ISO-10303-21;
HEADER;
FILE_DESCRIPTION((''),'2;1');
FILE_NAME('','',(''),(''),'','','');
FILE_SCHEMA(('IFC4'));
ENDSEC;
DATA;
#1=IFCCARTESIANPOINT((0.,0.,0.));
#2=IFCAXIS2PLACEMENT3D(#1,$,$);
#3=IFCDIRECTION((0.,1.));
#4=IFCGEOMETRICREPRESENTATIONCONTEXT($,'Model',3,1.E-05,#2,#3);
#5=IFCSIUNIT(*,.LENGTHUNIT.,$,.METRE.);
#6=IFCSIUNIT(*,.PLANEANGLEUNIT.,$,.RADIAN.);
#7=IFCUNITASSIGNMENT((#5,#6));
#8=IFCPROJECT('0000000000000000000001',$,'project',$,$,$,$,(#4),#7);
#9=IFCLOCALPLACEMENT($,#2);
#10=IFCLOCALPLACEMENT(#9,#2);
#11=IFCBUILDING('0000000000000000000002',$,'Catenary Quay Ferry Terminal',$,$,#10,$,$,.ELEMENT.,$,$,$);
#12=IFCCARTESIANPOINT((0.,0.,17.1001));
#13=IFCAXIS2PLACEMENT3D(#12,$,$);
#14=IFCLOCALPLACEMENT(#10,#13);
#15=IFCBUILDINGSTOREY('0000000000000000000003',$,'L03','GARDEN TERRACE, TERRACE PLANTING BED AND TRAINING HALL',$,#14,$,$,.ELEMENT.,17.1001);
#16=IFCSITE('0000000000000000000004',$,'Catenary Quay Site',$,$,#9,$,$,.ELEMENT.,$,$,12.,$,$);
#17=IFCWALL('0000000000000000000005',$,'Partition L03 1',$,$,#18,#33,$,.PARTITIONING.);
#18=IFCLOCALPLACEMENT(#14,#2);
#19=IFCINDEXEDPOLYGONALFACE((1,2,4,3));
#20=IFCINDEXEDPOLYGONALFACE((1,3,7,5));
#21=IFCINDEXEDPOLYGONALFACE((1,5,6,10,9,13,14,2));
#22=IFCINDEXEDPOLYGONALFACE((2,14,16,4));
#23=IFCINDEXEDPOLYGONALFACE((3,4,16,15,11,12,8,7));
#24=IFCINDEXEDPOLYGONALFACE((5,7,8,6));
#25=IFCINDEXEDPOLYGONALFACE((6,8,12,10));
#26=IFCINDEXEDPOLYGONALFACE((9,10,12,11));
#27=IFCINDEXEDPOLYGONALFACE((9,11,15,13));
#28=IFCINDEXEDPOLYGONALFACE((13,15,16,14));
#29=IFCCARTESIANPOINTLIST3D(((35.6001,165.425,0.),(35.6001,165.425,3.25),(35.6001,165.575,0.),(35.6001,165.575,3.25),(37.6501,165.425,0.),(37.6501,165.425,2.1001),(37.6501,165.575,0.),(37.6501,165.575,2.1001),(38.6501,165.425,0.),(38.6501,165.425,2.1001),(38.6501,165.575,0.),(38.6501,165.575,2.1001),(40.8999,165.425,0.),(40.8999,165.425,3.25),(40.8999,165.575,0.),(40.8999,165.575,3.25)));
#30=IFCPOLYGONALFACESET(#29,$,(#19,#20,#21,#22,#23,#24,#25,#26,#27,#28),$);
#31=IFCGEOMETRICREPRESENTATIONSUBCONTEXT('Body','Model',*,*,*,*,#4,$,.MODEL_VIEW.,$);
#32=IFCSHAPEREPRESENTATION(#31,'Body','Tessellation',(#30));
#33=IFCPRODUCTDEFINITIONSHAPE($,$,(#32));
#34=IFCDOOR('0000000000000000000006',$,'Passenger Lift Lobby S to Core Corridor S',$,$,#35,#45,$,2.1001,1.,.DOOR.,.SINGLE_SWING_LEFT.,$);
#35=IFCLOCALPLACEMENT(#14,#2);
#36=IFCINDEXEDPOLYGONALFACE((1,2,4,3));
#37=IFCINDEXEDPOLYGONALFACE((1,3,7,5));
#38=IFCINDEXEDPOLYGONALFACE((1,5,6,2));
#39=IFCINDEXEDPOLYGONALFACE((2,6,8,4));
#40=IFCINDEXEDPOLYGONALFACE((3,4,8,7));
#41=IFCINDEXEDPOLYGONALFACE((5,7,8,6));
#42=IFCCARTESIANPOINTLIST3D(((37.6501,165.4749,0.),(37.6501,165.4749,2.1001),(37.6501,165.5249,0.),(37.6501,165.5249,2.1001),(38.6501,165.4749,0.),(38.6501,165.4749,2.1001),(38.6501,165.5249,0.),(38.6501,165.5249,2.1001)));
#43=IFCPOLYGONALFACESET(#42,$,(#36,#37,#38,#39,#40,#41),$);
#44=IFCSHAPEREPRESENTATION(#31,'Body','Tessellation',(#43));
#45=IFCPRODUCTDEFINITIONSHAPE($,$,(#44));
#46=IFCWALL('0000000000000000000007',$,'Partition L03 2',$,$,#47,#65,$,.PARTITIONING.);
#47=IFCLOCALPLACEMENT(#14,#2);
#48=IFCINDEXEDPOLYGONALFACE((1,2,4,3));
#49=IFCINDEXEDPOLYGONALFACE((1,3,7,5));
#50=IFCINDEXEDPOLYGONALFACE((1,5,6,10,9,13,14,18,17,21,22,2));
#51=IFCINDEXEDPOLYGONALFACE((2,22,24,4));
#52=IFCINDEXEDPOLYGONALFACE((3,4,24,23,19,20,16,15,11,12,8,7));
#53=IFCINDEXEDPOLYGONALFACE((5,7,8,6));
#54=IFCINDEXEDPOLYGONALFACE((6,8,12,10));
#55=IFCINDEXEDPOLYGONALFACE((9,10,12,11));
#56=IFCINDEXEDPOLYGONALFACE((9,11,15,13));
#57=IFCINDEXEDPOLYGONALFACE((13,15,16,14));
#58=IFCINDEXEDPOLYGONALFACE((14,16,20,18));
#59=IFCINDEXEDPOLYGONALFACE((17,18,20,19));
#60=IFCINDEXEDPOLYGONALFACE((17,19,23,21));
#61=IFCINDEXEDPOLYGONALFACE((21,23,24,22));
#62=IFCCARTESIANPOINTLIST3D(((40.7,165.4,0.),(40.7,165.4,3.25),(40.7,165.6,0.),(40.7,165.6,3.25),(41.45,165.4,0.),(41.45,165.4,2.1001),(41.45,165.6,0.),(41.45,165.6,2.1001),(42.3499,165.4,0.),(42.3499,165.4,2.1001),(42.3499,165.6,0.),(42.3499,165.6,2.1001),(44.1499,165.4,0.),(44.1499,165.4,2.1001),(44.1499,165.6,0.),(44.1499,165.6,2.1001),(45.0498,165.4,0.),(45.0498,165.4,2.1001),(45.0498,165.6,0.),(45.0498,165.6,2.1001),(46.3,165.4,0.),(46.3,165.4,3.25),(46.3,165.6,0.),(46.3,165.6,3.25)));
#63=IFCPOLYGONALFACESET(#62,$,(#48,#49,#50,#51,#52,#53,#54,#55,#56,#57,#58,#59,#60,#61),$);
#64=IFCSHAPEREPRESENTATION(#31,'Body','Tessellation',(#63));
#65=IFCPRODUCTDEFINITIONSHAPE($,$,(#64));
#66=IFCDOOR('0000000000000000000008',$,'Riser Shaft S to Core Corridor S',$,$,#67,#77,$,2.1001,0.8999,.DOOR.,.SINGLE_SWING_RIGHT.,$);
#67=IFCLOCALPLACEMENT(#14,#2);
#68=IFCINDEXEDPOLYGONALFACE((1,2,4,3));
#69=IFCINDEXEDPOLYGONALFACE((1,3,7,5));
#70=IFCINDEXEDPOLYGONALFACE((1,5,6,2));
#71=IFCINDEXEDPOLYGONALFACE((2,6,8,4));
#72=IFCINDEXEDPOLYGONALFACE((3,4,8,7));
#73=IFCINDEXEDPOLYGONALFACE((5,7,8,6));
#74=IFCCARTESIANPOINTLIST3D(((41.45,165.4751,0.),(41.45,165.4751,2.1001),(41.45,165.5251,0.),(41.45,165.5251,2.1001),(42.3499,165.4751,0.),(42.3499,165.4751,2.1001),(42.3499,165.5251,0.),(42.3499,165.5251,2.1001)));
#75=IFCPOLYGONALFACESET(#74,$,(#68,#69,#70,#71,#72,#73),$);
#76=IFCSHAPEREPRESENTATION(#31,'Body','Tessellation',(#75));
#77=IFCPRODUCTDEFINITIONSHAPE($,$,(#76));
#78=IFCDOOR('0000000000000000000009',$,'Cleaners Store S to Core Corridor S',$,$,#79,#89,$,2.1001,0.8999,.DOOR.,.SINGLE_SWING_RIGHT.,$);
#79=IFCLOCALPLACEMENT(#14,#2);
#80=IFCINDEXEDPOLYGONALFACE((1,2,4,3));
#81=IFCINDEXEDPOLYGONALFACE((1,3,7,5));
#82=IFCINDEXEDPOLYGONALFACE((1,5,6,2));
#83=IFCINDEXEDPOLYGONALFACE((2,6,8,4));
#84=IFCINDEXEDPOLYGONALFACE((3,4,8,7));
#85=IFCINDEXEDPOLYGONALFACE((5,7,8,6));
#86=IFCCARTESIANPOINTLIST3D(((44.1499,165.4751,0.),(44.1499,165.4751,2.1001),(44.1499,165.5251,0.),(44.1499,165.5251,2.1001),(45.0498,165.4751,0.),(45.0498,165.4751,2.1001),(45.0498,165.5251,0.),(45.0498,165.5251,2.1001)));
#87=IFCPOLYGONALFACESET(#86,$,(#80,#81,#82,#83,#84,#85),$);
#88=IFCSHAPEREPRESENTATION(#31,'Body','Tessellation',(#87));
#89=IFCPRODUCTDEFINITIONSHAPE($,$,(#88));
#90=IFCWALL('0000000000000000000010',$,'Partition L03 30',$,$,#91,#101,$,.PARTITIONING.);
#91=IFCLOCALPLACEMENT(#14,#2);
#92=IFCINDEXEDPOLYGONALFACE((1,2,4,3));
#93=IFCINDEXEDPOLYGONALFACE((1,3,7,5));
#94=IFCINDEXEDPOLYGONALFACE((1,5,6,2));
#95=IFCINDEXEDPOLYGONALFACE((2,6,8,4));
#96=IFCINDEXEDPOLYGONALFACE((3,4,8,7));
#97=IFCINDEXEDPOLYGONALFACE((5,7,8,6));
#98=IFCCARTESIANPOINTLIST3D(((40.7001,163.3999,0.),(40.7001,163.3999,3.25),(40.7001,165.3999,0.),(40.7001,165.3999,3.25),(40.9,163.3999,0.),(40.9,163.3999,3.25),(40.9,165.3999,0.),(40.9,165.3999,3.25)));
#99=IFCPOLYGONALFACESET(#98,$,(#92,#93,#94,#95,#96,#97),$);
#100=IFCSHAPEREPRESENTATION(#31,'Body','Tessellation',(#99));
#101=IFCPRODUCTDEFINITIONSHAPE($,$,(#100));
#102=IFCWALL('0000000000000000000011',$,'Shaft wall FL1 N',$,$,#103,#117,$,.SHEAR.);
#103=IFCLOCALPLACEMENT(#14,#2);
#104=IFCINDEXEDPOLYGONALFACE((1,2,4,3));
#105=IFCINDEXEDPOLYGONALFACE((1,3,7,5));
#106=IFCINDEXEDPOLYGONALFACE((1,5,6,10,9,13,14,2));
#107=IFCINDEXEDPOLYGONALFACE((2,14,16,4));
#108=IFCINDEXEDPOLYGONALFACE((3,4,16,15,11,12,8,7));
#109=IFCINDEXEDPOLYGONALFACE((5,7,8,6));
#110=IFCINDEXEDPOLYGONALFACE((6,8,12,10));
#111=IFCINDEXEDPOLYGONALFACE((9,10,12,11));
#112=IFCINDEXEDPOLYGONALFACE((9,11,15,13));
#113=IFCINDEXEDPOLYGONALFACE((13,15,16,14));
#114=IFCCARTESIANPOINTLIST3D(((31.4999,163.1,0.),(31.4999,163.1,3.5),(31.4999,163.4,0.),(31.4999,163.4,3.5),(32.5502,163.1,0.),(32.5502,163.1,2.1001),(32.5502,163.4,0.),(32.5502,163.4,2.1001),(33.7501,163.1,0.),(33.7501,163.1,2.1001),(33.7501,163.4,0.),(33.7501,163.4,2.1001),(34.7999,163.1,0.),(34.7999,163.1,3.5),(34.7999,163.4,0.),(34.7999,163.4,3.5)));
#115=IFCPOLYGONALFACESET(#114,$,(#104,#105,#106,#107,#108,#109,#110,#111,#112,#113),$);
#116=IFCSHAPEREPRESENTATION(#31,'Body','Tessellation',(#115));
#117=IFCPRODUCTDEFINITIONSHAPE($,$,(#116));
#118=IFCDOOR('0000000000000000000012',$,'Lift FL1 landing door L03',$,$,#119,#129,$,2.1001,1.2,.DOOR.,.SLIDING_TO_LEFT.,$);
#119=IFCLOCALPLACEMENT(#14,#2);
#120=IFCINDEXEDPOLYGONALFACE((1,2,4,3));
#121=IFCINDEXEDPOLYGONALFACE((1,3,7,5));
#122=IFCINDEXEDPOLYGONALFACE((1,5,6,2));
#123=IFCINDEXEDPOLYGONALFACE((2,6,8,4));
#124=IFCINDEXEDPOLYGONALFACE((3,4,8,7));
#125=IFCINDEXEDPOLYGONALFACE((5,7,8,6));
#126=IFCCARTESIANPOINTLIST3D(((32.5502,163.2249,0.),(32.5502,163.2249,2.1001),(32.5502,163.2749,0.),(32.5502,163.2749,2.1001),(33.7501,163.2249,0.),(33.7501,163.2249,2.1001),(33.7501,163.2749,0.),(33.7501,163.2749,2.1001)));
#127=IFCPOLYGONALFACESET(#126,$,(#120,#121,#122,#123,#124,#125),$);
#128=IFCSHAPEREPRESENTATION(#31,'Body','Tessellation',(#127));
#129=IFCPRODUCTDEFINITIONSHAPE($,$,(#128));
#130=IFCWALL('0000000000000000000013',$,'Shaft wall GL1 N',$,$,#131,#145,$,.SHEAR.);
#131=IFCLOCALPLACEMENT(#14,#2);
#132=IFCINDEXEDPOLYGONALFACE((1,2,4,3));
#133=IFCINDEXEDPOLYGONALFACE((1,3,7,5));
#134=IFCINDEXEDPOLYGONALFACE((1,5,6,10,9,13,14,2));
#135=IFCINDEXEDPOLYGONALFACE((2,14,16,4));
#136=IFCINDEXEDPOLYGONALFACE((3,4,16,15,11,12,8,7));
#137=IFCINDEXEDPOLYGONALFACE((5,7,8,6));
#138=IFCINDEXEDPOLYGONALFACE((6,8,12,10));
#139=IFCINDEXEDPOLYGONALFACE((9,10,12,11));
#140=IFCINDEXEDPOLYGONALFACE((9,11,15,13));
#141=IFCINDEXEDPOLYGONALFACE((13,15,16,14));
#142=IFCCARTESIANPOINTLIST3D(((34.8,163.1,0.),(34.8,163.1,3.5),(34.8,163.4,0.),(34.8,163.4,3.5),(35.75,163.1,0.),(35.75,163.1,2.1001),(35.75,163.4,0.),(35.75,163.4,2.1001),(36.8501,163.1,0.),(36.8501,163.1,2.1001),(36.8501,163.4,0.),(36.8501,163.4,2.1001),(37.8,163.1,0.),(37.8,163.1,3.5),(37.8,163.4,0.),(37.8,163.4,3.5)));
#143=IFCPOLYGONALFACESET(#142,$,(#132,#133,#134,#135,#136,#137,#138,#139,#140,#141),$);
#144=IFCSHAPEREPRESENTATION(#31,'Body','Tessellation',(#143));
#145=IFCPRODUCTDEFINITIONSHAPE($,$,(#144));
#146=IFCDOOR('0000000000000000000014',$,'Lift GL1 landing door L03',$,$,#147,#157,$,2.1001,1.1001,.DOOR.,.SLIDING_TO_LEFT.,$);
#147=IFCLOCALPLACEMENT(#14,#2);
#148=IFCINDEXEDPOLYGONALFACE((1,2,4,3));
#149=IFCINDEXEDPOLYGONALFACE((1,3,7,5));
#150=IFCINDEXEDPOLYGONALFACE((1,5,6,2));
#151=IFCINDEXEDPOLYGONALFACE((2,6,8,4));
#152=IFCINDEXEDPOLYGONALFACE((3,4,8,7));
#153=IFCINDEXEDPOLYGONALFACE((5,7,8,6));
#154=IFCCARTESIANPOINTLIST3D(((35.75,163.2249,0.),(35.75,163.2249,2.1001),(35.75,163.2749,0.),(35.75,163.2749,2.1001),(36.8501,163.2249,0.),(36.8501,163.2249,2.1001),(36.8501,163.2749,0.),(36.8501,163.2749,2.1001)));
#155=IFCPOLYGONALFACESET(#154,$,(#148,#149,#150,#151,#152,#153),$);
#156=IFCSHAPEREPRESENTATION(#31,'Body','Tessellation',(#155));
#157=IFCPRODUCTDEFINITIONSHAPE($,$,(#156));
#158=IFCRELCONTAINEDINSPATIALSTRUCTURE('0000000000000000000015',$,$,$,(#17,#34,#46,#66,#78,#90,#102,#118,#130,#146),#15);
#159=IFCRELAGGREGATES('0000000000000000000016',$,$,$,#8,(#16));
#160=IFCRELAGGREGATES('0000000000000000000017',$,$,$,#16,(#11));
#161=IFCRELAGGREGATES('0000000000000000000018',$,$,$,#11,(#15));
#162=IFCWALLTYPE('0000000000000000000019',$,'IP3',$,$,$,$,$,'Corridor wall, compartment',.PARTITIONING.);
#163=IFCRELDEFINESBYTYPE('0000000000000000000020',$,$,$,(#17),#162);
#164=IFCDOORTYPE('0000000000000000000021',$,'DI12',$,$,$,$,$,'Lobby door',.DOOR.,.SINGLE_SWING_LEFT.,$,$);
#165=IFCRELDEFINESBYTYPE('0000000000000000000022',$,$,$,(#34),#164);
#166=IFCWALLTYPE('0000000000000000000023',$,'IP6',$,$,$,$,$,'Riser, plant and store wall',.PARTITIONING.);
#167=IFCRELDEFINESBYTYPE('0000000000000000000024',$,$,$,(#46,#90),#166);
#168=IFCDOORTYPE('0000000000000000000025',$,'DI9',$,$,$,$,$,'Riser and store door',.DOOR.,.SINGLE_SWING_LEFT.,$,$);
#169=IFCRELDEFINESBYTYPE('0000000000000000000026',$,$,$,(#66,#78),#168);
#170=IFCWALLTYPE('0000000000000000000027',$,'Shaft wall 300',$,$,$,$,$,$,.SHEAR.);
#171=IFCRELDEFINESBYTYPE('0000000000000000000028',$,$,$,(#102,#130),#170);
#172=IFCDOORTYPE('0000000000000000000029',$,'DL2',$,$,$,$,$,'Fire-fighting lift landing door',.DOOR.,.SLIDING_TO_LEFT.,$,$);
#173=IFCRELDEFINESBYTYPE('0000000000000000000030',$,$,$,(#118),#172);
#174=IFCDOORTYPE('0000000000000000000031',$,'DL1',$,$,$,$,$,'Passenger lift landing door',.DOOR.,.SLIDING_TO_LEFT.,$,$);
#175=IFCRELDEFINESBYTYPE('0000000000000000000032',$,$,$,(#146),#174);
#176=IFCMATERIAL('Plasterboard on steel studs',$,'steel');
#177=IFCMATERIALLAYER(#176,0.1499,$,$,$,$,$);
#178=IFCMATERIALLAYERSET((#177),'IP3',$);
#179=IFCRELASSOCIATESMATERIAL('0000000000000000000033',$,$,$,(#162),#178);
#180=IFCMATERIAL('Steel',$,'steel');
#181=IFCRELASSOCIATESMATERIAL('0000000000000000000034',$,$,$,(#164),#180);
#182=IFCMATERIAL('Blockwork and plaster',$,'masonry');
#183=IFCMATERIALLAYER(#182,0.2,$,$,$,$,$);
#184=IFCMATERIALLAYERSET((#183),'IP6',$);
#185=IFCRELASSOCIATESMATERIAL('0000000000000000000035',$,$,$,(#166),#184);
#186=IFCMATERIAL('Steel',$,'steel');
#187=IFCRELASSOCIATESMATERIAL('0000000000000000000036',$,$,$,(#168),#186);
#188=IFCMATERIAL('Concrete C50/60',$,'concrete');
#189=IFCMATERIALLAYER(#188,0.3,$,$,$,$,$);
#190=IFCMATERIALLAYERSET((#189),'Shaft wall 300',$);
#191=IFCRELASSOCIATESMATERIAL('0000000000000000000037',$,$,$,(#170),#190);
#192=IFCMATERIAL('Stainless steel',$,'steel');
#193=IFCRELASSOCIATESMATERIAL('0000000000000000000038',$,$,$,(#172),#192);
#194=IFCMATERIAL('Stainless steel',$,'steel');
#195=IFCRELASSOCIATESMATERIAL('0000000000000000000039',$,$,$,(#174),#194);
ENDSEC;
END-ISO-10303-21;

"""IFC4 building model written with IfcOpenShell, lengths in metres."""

from ifc_helpers import new_model, si_unit, direction, frame, frame_2d, origin, place, context, subcontext, project, spatial, rectangle, extrude, material, layer, layer_set, type_object, element, fill, save


model = new_model("IFC4")

# Units and contexts
model_context = context("Model", 3, precision=1e-05, world=origin(), true_north=direction((0.0, 1.0)))
body_context = subcontext(model_context, "Body", "Model", "MODEL_VIEW")
ifc_project = project(units=[si_unit("LENGTHUNIT", "METRE"), si_unit("PLANEANGLEUNIT", "RADIAN")], contexts=[model_context])

# Site, building, storey
site_placement = place(None, origin())
site = spatial("IfcSite", under=ifc_project, at=site_placement, Name="Catenary Quay Site", CompositionType="ELEMENT", RefElevation=12.0)
building_placement = place(site_placement, origin())
building = spatial("IfcBuilding", under=site, at=building_placement, Name="Catenary Quay Ferry Terminal", CompositionType="ELEMENT")
storey_placement = place(building_placement, frame((0.0, 0.0, 17.1001)))
storey = spatial("IfcBuildingStorey", under=building, at=storey_placement, Name="L03", Description="GARDEN TERRACE, TERRACE PLANTING BED AND TRAINING HALL", CompositionType="ELEMENT", Elevation=17.1001)

# Wall, opening, door
ifc_material_1 = material(Name="Plasterboard on steel studs", Category="steel")
ifc_layer_1 = layer(ifc_material_1, 0.1499)
ifc_layer_set_1 = layer_set([ifc_layer_1], Name="IP3")
wall_type_1 = type_object("IfcWallType", Name="IP3", ElementType="Corridor wall, compartment", PredefinedType="PARTITIONING", material=ifc_layer_set_1)
wall_1_placement = place(storey_placement, frame((35.6001, 165.5, 0.0), z_axis=(0.0, 0.0, 1.0), x_axis=(1.0, 0.0, 0.0)))
wall_1 = element("IfcWall", 1, at=wall_1_placement, inside=storey, type_object=wall_type_1, Name="Partition L03 1", PredefinedType="PARTITIONING", context=body_context, shape_type="SweptSolid", body=[
    extrude(rectangle(XDim=5.2998, YDim=0.1499, at=frame_2d((2.6499, 0.0))), origin(), (0.0, 0.0, 1.0), 3.25),
])
opening_1_placement = place(wall_1_placement, frame((2.05, 0.0, 0.0)))
opening_1 = element("IfcOpeningElement", 2, at=opening_1_placement, cuts=wall_1, PredefinedType="OPENING", context=body_context, shape_type="SweptSolid", body=[
    extrude(rectangle(XDim=1.0, YDim=2.1001, at=frame_2d((0.5, 1.05))), frame((0.0, 0.085, 0.0), z_axis=(0.0, -1.0, 0.0), x_axis=(1.0, 0.0, 0.0)), (0.0, 0.0, 1.0), 0.1699),
])
ifc_material_2 = material(Name="Steel", Category="steel")
door_type_1 = type_object("IfcDoorType", Name="DI12", ElementType="Lobby door", OperationType="SINGLE_SWING_LEFT", PredefinedType="DOOR", material=ifc_material_2)
door_1_placement = place(opening_1_placement, origin())
door_1 = element("IfcDoor", 3, at=door_1_placement, inside=storey, type_object=door_type_1, Name="Passenger Lift Lobby S to Core Corridor S", OperationType="SINGLE_SWING_LEFT", OverallHeight=2.1001, OverallWidth=1.0, PredefinedType="DOOR", context=body_context, shape_type="SweptSolid", body=[
    extrude(rectangle(XDim=1.0, YDim=2.1001, at=frame_2d((0.5, 1.05))), frame((0.0, 0.0249, 0.0), z_axis=(0.0, -1.0, 0.0), x_axis=(1.0, 0.0, 0.0)), (0.0, 0.0, 1.0), 0.05),
])
fill(opening_1, door_1)

# Wall, openings, doors
ifc_material_3 = material(Name="Blockwork and plaster", Category="masonry")
ifc_layer_2 = layer(ifc_material_3, 0.2)
ifc_layer_set_2 = layer_set([ifc_layer_2], Name="IP6")
wall_type_2 = type_object("IfcWallType", Name="IP6", ElementType="Riser, plant and store wall", PredefinedType="PARTITIONING", material=ifc_layer_set_2)
wall_2_placement = place(storey_placement, frame((40.7, 165.5, 0.0), z_axis=(0.0, 0.0, 1.0), x_axis=(1.0, 0.0, 0.0)))
wall_2 = element("IfcWall", 4, at=wall_2_placement, inside=storey, type_object=wall_type_2, Name="Partition L03 2", PredefinedType="PARTITIONING", context=body_context, shape_type="SweptSolid", body=[
    extrude(rectangle(XDim=5.6001, YDim=0.2, at=frame_2d((2.8, 0.0))), origin(), (0.0, 0.0, 1.0), 3.25),
])
opening_2_placement = place(wall_2_placement, frame((0.75, 0.0, 0.0)))
opening_2 = element("IfcOpeningElement", 5, at=opening_2_placement, cuts=wall_2, PredefinedType="OPENING", context=body_context, shape_type="SweptSolid", body=[
    extrude(rectangle(XDim=0.8999, YDim=2.1001, at=frame_2d((0.45, 1.05))), frame((0.0, 0.1099, 0.0), z_axis=(0.0, -1.0, 0.0), x_axis=(1.0, 0.0, 0.0)), (0.0, 0.0, 1.0), 0.22),
])
opening_3_placement = place(wall_2_placement, frame((3.45, 0.0, 0.0)))
opening_3 = element("IfcOpeningElement", 6, at=opening_3_placement, cuts=wall_2, PredefinedType="OPENING", context=body_context, shape_type="SweptSolid", body=[
    extrude(rectangle(XDim=0.8999, YDim=2.1001, at=frame_2d((0.45, 1.05))), frame((0.0, 0.1099, 0.0), z_axis=(0.0, -1.0, 0.0), x_axis=(1.0, 0.0, 0.0)), (0.0, 0.0, 1.0), 0.22),
])
ifc_material_4 = material(Name="Steel", Category="steel")
door_type_2 = type_object("IfcDoorType", Name="DI9", ElementType="Riser and store door", OperationType="SINGLE_SWING_LEFT", PredefinedType="DOOR", material=ifc_material_4)
door_2_placement = place(opening_2_placement, frame((0.8999, 0.0, 0.0), z_axis=(0.0, 0.0, 1.0), x_axis=(-1.0, 0.0, 0.0)))
door_2 = element("IfcDoor", 7, at=door_2_placement, inside=storey, type_object=door_type_2, Name="Riser Shaft S to Core Corridor S", OperationType="SINGLE_SWING_RIGHT", OverallHeight=2.1001, OverallWidth=0.8999, PredefinedType="DOOR", context=body_context, shape_type="SweptSolid", body=[
    extrude(rectangle(XDim=0.8999, YDim=2.1001, at=frame_2d((0.45, 1.05))), frame((0.0, 0.0249, 0.0), z_axis=(0.0, -1.0, 0.0), x_axis=(1.0, 0.0, 0.0)), (0.0, 0.0, 1.0), 0.05),
])
fill(opening_2, door_2)
door_3_placement = place(opening_3_placement, frame((0.8999, 0.0, 0.0), z_axis=(0.0, 0.0, 1.0), x_axis=(-1.0, 0.0, 0.0)))
door_3 = element("IfcDoor", 8, at=door_3_placement, inside=storey, type_object=door_type_2, Name="Cleaners Store S to Core Corridor S", OperationType="SINGLE_SWING_RIGHT", OverallHeight=2.1001, OverallWidth=0.8999, PredefinedType="DOOR", context=body_context, shape_type="SweptSolid", body=[
    extrude(rectangle(XDim=0.8999, YDim=2.1001, at=frame_2d((0.45, 1.05))), frame((0.0, 0.0249, 0.0), z_axis=(0.0, -1.0, 0.0), x_axis=(1.0, 0.0, 0.0)), (0.0, 0.0, 1.0), 0.05),
])
fill(opening_3, door_3)

# Wall
wall_3_placement = place(storey_placement, frame((40.8, 163.3999, 0.0), z_axis=(0.0, 0.0, 1.0), x_axis=(0.0, 1.0, 0.0)))
element("IfcWall", 9, at=wall_3_placement, inside=storey, type_object=wall_type_2, Name="Partition L03 30", PredefinedType="PARTITIONING", context=body_context, shape_type="SweptSolid", body=[
    extrude(rectangle(XDim=2.0, YDim=0.2, at=frame_2d((1.0, 0.0))), origin(), (0.0, 0.0, 1.0), 3.25),
])

# Walls, openings, doors
ifc_material_5 = material(Name="Concrete C50/60", Category="concrete")
ifc_layer_3 = layer(ifc_material_5, 0.3)
ifc_layer_set_3 = layer_set([ifc_layer_3], Name="Shaft wall 300")
wall_type_3 = type_object("IfcWallType", Name="Shaft wall 300", PredefinedType="SHEAR", material=ifc_layer_set_3)
wall_4_placement = place(storey_placement, frame((31.5, 163.25, 0.0), z_axis=(0.0, 0.0, 1.0), x_axis=(1.0, 0.0, 0.0)))
wall_4 = element("IfcWall", 10, at=wall_4_placement, inside=storey, type_object=wall_type_3, Name="Shaft wall FL1 N", PredefinedType="SHEAR", context=body_context, shape_type="SweptSolid", body=[
    extrude(rectangle(XDim=3.3, YDim=0.3, at=frame_2d((1.6499, 0.0))), origin(), (0.0, 0.0, 1.0), 3.5),
])
opening_4_placement = place(wall_4_placement, frame((1.05, 0.0, 0.0)))
opening_4 = element("IfcOpeningElement", 11, at=opening_4_placement, cuts=wall_4, PredefinedType="OPENING", context=body_context, shape_type="SweptSolid", body=[
    extrude(rectangle(XDim=1.2, YDim=2.1001, at=frame_2d((0.6001, 1.05))), frame((0.0, 0.1599, 0.0), z_axis=(0.0, -1.0, 0.0), x_axis=(1.0, 0.0, 0.0)), (0.0, 0.0, 1.0), 0.3201),
])
ifc_material_6 = material(Name="Stainless steel", Category="steel")
door_type_3 = type_object("IfcDoorType", Name="DL2", ElementType="Fire-fighting lift landing door", OperationType="SLIDING_TO_LEFT", PredefinedType="DOOR", material=ifc_material_6)
door_4_placement = place(opening_4_placement, origin())
door_4 = element("IfcDoor", 12, at=door_4_placement, inside=storey, type_object=door_type_3, Name="Lift FL1 landing door L03", OperationType="SLIDING_TO_LEFT", OverallHeight=2.1001, OverallWidth=1.2, PredefinedType="DOOR", context=body_context, shape_type="SweptSolid", body=[
    extrude(rectangle(XDim=1.2, YDim=2.1001, at=frame_2d((0.6001, 1.05))), frame((0.0, 0.0249, 0.0), z_axis=(0.0, -1.0, 0.0), x_axis=(1.0, 0.0, 0.0)), (0.0, 0.0, 1.0), 0.05),
])
fill(opening_4, door_4)
wall_5_placement = place(storey_placement, frame((34.8, 163.25, 0.0), z_axis=(0.0, 0.0, 1.0), x_axis=(1.0, 0.0, 0.0)))
wall_5 = element("IfcWall", 13, at=wall_5_placement, inside=storey, type_object=wall_type_3, Name="Shaft wall GL1 N", PredefinedType="SHEAR", context=body_context, shape_type="SweptSolid", body=[
    extrude(rectangle(XDim=3.0, YDim=0.3, at=frame_2d((1.5, 0.0))), origin(), (0.0, 0.0, 1.0), 3.5),
])
opening_5_placement = place(wall_5_placement, frame((0.95, 0.0, 0.0)))
opening_5 = element("IfcOpeningElement", 14, at=opening_5_placement, cuts=wall_5, PredefinedType="OPENING", context=body_context, shape_type="SweptSolid", body=[
    extrude(rectangle(XDim=1.1001, YDim=2.1001, at=frame_2d((0.55, 1.05))), frame((0.0, 0.1599, 0.0), z_axis=(0.0, -1.0, 0.0), x_axis=(1.0, 0.0, 0.0)), (0.0, 0.0, 1.0), 0.3201),
])
ifc_material_7 = material(Name="Stainless steel", Category="steel")
door_type_4 = type_object("IfcDoorType", Name="DL1", ElementType="Passenger lift landing door", OperationType="SLIDING_TO_LEFT", PredefinedType="DOOR", material=ifc_material_7)
door_5_placement = place(opening_5_placement, origin())
door_5 = element("IfcDoor", 15, at=door_5_placement, inside=storey, type_object=door_type_4, Name="Lift GL1 landing door L03", OperationType="SLIDING_TO_LEFT", OverallHeight=2.1001, OverallWidth=1.1001, PredefinedType="DOOR", context=body_context, shape_type="SweptSolid", body=[
    extrude(rectangle(XDim=1.1001, YDim=2.1001, at=frame_2d((0.55, 1.05))), frame((0.0, 0.0249, 0.0), z_axis=(0.0, -1.0, 0.0), x_axis=(1.0, 0.0, 0.0)), (0.0, 0.0, 1.0), 0.05),
])
fill(opening_5, door_5)

save(model, "model.ifc")
